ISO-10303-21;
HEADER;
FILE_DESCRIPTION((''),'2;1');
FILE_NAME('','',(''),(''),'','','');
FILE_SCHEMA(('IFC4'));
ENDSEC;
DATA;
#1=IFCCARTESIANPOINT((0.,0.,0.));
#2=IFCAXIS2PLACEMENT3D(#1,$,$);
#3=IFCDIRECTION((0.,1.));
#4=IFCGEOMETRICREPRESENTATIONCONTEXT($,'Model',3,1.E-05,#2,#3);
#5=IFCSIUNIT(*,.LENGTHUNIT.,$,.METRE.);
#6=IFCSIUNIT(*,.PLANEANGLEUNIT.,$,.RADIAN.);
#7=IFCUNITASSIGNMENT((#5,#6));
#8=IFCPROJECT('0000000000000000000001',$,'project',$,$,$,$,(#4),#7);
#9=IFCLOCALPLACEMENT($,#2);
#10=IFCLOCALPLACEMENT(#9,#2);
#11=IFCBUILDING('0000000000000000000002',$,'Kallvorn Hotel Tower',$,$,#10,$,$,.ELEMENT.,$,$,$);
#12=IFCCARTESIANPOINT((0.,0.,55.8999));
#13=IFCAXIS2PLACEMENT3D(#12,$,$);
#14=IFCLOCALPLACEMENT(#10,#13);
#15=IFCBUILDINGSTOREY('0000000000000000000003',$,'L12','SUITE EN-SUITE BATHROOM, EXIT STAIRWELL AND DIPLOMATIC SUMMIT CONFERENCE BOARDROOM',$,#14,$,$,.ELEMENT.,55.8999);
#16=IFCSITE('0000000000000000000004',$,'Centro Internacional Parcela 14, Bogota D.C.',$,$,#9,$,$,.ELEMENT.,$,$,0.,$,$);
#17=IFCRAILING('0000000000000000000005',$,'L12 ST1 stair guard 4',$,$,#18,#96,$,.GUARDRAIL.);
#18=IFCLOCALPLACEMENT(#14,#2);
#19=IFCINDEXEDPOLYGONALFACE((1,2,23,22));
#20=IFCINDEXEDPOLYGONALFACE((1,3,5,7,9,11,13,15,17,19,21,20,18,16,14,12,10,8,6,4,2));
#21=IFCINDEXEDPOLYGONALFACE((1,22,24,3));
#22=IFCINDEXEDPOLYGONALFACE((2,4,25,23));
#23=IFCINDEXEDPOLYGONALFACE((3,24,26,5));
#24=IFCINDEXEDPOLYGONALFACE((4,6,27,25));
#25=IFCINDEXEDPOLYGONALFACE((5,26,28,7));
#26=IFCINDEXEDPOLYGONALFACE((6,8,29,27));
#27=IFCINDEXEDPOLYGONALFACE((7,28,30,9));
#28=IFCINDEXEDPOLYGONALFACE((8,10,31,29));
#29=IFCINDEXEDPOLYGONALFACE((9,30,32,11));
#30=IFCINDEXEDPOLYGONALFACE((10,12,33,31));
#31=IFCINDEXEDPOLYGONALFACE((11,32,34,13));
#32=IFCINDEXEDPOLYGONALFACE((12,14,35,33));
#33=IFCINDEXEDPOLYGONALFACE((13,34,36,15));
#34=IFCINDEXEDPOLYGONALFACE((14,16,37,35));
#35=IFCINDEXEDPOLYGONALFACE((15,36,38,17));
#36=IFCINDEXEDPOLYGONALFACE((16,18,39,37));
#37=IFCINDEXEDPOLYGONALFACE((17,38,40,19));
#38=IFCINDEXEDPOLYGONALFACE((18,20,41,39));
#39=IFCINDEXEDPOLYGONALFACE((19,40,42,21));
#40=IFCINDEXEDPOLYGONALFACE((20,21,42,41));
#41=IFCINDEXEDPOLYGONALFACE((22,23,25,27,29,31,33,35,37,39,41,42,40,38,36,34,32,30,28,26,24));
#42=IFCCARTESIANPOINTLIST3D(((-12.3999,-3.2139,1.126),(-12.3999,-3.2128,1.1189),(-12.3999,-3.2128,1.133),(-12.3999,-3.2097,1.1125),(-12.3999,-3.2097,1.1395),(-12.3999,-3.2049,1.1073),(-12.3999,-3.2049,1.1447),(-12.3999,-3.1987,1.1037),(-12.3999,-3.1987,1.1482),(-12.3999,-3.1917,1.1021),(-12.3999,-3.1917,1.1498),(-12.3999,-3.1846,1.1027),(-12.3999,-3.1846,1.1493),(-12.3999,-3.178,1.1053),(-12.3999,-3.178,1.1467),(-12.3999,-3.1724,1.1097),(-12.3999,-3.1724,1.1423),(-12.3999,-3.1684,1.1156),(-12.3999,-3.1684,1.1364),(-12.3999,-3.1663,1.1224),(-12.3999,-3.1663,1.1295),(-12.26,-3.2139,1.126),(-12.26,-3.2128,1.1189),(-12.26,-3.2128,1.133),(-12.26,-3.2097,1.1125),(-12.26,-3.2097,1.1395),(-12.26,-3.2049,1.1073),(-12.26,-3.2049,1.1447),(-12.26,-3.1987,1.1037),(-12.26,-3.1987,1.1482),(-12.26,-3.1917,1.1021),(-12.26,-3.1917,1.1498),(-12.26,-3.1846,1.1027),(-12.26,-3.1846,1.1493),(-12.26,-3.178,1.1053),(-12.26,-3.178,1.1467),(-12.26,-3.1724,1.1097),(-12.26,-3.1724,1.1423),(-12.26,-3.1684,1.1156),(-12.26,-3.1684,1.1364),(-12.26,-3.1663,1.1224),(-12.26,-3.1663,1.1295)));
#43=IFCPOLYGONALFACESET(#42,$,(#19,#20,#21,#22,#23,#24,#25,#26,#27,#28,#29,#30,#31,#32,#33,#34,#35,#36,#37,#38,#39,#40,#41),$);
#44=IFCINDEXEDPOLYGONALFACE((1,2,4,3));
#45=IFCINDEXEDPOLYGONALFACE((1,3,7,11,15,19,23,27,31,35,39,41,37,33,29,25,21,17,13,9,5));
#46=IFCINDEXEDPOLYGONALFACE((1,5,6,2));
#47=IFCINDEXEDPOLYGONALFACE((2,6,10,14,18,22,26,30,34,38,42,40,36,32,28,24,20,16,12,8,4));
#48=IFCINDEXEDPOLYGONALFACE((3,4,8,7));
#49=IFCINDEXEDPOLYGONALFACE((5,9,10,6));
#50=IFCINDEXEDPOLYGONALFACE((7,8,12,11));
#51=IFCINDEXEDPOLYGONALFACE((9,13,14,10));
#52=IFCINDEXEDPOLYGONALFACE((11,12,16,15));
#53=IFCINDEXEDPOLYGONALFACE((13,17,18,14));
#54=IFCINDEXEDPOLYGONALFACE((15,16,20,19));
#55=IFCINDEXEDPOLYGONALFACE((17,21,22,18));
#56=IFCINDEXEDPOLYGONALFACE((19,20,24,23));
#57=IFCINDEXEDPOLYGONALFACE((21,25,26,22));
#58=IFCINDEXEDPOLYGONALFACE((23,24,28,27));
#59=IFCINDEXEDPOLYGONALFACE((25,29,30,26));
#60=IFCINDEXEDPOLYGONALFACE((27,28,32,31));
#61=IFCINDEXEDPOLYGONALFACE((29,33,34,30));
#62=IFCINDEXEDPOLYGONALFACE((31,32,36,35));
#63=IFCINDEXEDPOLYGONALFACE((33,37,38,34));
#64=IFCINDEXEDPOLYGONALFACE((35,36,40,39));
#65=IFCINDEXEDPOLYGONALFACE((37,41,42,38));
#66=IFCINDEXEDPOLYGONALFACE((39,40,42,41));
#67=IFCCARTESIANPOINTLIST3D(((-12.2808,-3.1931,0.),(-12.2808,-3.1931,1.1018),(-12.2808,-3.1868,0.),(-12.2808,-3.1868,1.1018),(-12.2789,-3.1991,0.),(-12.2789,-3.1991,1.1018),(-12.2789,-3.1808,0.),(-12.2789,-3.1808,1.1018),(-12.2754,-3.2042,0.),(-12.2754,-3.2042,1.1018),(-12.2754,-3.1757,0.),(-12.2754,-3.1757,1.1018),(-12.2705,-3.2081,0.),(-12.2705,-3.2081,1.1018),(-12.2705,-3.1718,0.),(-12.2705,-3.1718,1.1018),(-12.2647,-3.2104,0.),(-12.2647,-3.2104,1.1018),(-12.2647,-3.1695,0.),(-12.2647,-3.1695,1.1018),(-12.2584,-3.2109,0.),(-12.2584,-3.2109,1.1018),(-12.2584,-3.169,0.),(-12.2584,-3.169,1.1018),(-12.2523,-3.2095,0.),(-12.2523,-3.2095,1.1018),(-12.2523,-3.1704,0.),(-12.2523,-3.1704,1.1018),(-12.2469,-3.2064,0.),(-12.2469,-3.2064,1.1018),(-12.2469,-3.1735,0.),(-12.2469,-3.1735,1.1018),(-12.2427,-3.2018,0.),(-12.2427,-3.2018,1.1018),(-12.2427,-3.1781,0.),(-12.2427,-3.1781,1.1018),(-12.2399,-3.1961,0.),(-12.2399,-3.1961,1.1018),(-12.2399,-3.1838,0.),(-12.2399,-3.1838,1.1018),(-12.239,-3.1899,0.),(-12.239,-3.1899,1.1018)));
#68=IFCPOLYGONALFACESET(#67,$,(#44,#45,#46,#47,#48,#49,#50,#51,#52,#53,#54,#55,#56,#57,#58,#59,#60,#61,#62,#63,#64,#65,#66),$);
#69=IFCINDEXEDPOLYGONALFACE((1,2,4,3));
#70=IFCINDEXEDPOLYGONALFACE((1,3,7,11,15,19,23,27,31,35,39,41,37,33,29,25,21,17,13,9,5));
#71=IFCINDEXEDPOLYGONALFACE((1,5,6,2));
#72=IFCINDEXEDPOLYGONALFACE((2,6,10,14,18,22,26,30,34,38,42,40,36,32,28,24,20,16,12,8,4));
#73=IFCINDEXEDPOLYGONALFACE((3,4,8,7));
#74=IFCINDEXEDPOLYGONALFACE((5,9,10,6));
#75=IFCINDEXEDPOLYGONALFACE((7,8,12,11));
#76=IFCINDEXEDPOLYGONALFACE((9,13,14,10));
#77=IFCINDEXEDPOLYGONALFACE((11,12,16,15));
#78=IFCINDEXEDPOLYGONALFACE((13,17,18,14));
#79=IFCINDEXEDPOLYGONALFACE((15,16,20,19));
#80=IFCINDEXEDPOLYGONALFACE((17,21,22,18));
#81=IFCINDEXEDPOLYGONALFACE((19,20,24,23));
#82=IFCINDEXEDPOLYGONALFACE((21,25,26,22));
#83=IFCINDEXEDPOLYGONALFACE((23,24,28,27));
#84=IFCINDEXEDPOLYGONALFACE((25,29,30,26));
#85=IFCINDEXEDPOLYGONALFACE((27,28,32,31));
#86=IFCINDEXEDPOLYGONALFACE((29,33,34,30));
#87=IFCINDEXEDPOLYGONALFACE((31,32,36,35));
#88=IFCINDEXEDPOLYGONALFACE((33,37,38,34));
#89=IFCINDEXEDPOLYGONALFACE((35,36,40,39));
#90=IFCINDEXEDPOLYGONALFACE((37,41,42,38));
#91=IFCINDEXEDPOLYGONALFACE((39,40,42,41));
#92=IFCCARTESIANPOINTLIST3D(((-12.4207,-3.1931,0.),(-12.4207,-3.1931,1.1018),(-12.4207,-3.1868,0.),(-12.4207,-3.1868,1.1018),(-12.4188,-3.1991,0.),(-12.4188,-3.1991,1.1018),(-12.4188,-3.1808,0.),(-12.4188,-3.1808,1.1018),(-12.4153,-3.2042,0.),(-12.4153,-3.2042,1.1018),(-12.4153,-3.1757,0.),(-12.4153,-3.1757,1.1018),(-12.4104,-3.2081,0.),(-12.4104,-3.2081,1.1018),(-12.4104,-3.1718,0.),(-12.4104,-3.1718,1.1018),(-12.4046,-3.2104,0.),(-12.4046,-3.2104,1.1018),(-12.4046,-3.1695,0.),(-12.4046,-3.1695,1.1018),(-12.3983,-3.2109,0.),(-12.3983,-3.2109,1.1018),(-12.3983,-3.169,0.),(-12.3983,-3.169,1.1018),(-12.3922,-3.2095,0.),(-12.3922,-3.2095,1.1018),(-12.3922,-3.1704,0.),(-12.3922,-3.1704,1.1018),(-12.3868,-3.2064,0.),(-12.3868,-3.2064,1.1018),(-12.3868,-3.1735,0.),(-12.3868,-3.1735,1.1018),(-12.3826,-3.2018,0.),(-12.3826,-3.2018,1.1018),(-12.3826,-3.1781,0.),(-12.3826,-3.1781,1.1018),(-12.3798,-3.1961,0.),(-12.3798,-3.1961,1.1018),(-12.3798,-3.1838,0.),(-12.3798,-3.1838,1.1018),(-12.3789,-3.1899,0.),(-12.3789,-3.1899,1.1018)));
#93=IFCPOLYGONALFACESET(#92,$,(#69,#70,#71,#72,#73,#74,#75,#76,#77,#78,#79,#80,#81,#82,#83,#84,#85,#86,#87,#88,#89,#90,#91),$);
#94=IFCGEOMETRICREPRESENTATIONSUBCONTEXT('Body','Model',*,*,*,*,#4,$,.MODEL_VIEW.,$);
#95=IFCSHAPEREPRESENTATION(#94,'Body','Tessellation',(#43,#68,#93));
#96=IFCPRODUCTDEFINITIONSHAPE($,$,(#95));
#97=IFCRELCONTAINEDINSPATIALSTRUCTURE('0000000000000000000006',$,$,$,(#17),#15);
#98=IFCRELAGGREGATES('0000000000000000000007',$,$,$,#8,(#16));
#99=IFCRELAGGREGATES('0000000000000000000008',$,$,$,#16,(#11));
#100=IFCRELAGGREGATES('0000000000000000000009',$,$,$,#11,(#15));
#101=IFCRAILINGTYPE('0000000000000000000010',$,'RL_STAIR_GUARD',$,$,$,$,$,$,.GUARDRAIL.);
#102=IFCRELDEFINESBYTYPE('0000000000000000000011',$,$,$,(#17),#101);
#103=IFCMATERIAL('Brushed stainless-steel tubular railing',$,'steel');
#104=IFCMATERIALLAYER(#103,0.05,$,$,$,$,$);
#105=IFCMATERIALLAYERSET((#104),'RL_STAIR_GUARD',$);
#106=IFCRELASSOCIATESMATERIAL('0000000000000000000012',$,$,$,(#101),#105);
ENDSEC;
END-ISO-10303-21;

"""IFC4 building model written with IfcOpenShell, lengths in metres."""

from ifc_helpers import new_model, si_unit, direction, frame, origin, origin_2d, place, context, subcontext, project, spatial, circle, extrude, material, layer, layer_set, type_object, element, save


model = new_model("IFC4")

# Units and contexts
model_context = context("Model", 3, precision=1e-05, world=origin(), true_north=direction((0.0, 1.0)))
body_context = subcontext(model_context, "Body", "Model", "MODEL_VIEW")
ifc_project = project(units=[si_unit("LENGTHUNIT", "METRE"), si_unit("PLANEANGLEUNIT", "RADIAN")], contexts=[model_context])

# Site, building, storey
site_placement = place(None, origin())
site = spatial("IfcSite", under=ifc_project, at=site_placement, Name="Centro Internacional Parcela 14, Bogota D.C.", CompositionType="ELEMENT", RefElevation=0.0)
building_placement = place(site_placement, origin())
building = spatial("IfcBuilding", under=site, at=building_placement, Name="Kallvorn Hotel Tower", CompositionType="ELEMENT")
storey_placement = place(building_placement, frame((0.0, 0.0, 55.8999)))
storey = spatial("IfcBuildingStorey", under=building, at=storey_placement, Name="L12", Description="SUITE EN-SUITE BATHROOM, EXIT STAIRWELL AND DIPLOMATIC SUMMIT CONFERENCE BOARDROOM", CompositionType="ELEMENT", Elevation=55.8999)

# Railing
ifc_material_1 = material(Name="Brushed stainless-steel tubular railing", Category="steel")
ifc_layer_1 = layer(ifc_material_1, 0.05)
ifc_layer_set_1 = layer_set([ifc_layer_1], Name="RL_STAIR_GUARD")
railing_type_1 = type_object("IfcRailingType", Name="RL_STAIR_GUARD", PredefinedType="GUARDRAIL", material=ifc_layer_set_1)
railing_1_placement = place(storey_placement, frame((-12.26, -3.1899, 0.0)))
element("IfcRailing", 1, at=railing_1_placement, inside=storey, type_object=railing_type_1, Name="L12 ST1 stair guard 4", PredefinedType="GUARDRAIL", context=body_context, shape_type="SweptSolid", body=[
    extrude(circle(Radius=0.0239, at=origin_2d()), frame((0.0, 0.0, 1.126), z_axis=(-1.0, 0.0, 0.0), x_axis=(0.0, -1.0, 0.0)), (0.0, 0.0, 1.0), 0.1399),
    extrude(circle(Radius=0.021, at=origin_2d()), origin(), (0.0, 0.0, 1.0), 1.1018),
    extrude(circle(Radius=0.021, at=origin_2d()), frame((-0.1399, 0.0, 0.0)), (0.0, 0.0, 1.0), 1.1018),
])

save(model, "model.ifc")
